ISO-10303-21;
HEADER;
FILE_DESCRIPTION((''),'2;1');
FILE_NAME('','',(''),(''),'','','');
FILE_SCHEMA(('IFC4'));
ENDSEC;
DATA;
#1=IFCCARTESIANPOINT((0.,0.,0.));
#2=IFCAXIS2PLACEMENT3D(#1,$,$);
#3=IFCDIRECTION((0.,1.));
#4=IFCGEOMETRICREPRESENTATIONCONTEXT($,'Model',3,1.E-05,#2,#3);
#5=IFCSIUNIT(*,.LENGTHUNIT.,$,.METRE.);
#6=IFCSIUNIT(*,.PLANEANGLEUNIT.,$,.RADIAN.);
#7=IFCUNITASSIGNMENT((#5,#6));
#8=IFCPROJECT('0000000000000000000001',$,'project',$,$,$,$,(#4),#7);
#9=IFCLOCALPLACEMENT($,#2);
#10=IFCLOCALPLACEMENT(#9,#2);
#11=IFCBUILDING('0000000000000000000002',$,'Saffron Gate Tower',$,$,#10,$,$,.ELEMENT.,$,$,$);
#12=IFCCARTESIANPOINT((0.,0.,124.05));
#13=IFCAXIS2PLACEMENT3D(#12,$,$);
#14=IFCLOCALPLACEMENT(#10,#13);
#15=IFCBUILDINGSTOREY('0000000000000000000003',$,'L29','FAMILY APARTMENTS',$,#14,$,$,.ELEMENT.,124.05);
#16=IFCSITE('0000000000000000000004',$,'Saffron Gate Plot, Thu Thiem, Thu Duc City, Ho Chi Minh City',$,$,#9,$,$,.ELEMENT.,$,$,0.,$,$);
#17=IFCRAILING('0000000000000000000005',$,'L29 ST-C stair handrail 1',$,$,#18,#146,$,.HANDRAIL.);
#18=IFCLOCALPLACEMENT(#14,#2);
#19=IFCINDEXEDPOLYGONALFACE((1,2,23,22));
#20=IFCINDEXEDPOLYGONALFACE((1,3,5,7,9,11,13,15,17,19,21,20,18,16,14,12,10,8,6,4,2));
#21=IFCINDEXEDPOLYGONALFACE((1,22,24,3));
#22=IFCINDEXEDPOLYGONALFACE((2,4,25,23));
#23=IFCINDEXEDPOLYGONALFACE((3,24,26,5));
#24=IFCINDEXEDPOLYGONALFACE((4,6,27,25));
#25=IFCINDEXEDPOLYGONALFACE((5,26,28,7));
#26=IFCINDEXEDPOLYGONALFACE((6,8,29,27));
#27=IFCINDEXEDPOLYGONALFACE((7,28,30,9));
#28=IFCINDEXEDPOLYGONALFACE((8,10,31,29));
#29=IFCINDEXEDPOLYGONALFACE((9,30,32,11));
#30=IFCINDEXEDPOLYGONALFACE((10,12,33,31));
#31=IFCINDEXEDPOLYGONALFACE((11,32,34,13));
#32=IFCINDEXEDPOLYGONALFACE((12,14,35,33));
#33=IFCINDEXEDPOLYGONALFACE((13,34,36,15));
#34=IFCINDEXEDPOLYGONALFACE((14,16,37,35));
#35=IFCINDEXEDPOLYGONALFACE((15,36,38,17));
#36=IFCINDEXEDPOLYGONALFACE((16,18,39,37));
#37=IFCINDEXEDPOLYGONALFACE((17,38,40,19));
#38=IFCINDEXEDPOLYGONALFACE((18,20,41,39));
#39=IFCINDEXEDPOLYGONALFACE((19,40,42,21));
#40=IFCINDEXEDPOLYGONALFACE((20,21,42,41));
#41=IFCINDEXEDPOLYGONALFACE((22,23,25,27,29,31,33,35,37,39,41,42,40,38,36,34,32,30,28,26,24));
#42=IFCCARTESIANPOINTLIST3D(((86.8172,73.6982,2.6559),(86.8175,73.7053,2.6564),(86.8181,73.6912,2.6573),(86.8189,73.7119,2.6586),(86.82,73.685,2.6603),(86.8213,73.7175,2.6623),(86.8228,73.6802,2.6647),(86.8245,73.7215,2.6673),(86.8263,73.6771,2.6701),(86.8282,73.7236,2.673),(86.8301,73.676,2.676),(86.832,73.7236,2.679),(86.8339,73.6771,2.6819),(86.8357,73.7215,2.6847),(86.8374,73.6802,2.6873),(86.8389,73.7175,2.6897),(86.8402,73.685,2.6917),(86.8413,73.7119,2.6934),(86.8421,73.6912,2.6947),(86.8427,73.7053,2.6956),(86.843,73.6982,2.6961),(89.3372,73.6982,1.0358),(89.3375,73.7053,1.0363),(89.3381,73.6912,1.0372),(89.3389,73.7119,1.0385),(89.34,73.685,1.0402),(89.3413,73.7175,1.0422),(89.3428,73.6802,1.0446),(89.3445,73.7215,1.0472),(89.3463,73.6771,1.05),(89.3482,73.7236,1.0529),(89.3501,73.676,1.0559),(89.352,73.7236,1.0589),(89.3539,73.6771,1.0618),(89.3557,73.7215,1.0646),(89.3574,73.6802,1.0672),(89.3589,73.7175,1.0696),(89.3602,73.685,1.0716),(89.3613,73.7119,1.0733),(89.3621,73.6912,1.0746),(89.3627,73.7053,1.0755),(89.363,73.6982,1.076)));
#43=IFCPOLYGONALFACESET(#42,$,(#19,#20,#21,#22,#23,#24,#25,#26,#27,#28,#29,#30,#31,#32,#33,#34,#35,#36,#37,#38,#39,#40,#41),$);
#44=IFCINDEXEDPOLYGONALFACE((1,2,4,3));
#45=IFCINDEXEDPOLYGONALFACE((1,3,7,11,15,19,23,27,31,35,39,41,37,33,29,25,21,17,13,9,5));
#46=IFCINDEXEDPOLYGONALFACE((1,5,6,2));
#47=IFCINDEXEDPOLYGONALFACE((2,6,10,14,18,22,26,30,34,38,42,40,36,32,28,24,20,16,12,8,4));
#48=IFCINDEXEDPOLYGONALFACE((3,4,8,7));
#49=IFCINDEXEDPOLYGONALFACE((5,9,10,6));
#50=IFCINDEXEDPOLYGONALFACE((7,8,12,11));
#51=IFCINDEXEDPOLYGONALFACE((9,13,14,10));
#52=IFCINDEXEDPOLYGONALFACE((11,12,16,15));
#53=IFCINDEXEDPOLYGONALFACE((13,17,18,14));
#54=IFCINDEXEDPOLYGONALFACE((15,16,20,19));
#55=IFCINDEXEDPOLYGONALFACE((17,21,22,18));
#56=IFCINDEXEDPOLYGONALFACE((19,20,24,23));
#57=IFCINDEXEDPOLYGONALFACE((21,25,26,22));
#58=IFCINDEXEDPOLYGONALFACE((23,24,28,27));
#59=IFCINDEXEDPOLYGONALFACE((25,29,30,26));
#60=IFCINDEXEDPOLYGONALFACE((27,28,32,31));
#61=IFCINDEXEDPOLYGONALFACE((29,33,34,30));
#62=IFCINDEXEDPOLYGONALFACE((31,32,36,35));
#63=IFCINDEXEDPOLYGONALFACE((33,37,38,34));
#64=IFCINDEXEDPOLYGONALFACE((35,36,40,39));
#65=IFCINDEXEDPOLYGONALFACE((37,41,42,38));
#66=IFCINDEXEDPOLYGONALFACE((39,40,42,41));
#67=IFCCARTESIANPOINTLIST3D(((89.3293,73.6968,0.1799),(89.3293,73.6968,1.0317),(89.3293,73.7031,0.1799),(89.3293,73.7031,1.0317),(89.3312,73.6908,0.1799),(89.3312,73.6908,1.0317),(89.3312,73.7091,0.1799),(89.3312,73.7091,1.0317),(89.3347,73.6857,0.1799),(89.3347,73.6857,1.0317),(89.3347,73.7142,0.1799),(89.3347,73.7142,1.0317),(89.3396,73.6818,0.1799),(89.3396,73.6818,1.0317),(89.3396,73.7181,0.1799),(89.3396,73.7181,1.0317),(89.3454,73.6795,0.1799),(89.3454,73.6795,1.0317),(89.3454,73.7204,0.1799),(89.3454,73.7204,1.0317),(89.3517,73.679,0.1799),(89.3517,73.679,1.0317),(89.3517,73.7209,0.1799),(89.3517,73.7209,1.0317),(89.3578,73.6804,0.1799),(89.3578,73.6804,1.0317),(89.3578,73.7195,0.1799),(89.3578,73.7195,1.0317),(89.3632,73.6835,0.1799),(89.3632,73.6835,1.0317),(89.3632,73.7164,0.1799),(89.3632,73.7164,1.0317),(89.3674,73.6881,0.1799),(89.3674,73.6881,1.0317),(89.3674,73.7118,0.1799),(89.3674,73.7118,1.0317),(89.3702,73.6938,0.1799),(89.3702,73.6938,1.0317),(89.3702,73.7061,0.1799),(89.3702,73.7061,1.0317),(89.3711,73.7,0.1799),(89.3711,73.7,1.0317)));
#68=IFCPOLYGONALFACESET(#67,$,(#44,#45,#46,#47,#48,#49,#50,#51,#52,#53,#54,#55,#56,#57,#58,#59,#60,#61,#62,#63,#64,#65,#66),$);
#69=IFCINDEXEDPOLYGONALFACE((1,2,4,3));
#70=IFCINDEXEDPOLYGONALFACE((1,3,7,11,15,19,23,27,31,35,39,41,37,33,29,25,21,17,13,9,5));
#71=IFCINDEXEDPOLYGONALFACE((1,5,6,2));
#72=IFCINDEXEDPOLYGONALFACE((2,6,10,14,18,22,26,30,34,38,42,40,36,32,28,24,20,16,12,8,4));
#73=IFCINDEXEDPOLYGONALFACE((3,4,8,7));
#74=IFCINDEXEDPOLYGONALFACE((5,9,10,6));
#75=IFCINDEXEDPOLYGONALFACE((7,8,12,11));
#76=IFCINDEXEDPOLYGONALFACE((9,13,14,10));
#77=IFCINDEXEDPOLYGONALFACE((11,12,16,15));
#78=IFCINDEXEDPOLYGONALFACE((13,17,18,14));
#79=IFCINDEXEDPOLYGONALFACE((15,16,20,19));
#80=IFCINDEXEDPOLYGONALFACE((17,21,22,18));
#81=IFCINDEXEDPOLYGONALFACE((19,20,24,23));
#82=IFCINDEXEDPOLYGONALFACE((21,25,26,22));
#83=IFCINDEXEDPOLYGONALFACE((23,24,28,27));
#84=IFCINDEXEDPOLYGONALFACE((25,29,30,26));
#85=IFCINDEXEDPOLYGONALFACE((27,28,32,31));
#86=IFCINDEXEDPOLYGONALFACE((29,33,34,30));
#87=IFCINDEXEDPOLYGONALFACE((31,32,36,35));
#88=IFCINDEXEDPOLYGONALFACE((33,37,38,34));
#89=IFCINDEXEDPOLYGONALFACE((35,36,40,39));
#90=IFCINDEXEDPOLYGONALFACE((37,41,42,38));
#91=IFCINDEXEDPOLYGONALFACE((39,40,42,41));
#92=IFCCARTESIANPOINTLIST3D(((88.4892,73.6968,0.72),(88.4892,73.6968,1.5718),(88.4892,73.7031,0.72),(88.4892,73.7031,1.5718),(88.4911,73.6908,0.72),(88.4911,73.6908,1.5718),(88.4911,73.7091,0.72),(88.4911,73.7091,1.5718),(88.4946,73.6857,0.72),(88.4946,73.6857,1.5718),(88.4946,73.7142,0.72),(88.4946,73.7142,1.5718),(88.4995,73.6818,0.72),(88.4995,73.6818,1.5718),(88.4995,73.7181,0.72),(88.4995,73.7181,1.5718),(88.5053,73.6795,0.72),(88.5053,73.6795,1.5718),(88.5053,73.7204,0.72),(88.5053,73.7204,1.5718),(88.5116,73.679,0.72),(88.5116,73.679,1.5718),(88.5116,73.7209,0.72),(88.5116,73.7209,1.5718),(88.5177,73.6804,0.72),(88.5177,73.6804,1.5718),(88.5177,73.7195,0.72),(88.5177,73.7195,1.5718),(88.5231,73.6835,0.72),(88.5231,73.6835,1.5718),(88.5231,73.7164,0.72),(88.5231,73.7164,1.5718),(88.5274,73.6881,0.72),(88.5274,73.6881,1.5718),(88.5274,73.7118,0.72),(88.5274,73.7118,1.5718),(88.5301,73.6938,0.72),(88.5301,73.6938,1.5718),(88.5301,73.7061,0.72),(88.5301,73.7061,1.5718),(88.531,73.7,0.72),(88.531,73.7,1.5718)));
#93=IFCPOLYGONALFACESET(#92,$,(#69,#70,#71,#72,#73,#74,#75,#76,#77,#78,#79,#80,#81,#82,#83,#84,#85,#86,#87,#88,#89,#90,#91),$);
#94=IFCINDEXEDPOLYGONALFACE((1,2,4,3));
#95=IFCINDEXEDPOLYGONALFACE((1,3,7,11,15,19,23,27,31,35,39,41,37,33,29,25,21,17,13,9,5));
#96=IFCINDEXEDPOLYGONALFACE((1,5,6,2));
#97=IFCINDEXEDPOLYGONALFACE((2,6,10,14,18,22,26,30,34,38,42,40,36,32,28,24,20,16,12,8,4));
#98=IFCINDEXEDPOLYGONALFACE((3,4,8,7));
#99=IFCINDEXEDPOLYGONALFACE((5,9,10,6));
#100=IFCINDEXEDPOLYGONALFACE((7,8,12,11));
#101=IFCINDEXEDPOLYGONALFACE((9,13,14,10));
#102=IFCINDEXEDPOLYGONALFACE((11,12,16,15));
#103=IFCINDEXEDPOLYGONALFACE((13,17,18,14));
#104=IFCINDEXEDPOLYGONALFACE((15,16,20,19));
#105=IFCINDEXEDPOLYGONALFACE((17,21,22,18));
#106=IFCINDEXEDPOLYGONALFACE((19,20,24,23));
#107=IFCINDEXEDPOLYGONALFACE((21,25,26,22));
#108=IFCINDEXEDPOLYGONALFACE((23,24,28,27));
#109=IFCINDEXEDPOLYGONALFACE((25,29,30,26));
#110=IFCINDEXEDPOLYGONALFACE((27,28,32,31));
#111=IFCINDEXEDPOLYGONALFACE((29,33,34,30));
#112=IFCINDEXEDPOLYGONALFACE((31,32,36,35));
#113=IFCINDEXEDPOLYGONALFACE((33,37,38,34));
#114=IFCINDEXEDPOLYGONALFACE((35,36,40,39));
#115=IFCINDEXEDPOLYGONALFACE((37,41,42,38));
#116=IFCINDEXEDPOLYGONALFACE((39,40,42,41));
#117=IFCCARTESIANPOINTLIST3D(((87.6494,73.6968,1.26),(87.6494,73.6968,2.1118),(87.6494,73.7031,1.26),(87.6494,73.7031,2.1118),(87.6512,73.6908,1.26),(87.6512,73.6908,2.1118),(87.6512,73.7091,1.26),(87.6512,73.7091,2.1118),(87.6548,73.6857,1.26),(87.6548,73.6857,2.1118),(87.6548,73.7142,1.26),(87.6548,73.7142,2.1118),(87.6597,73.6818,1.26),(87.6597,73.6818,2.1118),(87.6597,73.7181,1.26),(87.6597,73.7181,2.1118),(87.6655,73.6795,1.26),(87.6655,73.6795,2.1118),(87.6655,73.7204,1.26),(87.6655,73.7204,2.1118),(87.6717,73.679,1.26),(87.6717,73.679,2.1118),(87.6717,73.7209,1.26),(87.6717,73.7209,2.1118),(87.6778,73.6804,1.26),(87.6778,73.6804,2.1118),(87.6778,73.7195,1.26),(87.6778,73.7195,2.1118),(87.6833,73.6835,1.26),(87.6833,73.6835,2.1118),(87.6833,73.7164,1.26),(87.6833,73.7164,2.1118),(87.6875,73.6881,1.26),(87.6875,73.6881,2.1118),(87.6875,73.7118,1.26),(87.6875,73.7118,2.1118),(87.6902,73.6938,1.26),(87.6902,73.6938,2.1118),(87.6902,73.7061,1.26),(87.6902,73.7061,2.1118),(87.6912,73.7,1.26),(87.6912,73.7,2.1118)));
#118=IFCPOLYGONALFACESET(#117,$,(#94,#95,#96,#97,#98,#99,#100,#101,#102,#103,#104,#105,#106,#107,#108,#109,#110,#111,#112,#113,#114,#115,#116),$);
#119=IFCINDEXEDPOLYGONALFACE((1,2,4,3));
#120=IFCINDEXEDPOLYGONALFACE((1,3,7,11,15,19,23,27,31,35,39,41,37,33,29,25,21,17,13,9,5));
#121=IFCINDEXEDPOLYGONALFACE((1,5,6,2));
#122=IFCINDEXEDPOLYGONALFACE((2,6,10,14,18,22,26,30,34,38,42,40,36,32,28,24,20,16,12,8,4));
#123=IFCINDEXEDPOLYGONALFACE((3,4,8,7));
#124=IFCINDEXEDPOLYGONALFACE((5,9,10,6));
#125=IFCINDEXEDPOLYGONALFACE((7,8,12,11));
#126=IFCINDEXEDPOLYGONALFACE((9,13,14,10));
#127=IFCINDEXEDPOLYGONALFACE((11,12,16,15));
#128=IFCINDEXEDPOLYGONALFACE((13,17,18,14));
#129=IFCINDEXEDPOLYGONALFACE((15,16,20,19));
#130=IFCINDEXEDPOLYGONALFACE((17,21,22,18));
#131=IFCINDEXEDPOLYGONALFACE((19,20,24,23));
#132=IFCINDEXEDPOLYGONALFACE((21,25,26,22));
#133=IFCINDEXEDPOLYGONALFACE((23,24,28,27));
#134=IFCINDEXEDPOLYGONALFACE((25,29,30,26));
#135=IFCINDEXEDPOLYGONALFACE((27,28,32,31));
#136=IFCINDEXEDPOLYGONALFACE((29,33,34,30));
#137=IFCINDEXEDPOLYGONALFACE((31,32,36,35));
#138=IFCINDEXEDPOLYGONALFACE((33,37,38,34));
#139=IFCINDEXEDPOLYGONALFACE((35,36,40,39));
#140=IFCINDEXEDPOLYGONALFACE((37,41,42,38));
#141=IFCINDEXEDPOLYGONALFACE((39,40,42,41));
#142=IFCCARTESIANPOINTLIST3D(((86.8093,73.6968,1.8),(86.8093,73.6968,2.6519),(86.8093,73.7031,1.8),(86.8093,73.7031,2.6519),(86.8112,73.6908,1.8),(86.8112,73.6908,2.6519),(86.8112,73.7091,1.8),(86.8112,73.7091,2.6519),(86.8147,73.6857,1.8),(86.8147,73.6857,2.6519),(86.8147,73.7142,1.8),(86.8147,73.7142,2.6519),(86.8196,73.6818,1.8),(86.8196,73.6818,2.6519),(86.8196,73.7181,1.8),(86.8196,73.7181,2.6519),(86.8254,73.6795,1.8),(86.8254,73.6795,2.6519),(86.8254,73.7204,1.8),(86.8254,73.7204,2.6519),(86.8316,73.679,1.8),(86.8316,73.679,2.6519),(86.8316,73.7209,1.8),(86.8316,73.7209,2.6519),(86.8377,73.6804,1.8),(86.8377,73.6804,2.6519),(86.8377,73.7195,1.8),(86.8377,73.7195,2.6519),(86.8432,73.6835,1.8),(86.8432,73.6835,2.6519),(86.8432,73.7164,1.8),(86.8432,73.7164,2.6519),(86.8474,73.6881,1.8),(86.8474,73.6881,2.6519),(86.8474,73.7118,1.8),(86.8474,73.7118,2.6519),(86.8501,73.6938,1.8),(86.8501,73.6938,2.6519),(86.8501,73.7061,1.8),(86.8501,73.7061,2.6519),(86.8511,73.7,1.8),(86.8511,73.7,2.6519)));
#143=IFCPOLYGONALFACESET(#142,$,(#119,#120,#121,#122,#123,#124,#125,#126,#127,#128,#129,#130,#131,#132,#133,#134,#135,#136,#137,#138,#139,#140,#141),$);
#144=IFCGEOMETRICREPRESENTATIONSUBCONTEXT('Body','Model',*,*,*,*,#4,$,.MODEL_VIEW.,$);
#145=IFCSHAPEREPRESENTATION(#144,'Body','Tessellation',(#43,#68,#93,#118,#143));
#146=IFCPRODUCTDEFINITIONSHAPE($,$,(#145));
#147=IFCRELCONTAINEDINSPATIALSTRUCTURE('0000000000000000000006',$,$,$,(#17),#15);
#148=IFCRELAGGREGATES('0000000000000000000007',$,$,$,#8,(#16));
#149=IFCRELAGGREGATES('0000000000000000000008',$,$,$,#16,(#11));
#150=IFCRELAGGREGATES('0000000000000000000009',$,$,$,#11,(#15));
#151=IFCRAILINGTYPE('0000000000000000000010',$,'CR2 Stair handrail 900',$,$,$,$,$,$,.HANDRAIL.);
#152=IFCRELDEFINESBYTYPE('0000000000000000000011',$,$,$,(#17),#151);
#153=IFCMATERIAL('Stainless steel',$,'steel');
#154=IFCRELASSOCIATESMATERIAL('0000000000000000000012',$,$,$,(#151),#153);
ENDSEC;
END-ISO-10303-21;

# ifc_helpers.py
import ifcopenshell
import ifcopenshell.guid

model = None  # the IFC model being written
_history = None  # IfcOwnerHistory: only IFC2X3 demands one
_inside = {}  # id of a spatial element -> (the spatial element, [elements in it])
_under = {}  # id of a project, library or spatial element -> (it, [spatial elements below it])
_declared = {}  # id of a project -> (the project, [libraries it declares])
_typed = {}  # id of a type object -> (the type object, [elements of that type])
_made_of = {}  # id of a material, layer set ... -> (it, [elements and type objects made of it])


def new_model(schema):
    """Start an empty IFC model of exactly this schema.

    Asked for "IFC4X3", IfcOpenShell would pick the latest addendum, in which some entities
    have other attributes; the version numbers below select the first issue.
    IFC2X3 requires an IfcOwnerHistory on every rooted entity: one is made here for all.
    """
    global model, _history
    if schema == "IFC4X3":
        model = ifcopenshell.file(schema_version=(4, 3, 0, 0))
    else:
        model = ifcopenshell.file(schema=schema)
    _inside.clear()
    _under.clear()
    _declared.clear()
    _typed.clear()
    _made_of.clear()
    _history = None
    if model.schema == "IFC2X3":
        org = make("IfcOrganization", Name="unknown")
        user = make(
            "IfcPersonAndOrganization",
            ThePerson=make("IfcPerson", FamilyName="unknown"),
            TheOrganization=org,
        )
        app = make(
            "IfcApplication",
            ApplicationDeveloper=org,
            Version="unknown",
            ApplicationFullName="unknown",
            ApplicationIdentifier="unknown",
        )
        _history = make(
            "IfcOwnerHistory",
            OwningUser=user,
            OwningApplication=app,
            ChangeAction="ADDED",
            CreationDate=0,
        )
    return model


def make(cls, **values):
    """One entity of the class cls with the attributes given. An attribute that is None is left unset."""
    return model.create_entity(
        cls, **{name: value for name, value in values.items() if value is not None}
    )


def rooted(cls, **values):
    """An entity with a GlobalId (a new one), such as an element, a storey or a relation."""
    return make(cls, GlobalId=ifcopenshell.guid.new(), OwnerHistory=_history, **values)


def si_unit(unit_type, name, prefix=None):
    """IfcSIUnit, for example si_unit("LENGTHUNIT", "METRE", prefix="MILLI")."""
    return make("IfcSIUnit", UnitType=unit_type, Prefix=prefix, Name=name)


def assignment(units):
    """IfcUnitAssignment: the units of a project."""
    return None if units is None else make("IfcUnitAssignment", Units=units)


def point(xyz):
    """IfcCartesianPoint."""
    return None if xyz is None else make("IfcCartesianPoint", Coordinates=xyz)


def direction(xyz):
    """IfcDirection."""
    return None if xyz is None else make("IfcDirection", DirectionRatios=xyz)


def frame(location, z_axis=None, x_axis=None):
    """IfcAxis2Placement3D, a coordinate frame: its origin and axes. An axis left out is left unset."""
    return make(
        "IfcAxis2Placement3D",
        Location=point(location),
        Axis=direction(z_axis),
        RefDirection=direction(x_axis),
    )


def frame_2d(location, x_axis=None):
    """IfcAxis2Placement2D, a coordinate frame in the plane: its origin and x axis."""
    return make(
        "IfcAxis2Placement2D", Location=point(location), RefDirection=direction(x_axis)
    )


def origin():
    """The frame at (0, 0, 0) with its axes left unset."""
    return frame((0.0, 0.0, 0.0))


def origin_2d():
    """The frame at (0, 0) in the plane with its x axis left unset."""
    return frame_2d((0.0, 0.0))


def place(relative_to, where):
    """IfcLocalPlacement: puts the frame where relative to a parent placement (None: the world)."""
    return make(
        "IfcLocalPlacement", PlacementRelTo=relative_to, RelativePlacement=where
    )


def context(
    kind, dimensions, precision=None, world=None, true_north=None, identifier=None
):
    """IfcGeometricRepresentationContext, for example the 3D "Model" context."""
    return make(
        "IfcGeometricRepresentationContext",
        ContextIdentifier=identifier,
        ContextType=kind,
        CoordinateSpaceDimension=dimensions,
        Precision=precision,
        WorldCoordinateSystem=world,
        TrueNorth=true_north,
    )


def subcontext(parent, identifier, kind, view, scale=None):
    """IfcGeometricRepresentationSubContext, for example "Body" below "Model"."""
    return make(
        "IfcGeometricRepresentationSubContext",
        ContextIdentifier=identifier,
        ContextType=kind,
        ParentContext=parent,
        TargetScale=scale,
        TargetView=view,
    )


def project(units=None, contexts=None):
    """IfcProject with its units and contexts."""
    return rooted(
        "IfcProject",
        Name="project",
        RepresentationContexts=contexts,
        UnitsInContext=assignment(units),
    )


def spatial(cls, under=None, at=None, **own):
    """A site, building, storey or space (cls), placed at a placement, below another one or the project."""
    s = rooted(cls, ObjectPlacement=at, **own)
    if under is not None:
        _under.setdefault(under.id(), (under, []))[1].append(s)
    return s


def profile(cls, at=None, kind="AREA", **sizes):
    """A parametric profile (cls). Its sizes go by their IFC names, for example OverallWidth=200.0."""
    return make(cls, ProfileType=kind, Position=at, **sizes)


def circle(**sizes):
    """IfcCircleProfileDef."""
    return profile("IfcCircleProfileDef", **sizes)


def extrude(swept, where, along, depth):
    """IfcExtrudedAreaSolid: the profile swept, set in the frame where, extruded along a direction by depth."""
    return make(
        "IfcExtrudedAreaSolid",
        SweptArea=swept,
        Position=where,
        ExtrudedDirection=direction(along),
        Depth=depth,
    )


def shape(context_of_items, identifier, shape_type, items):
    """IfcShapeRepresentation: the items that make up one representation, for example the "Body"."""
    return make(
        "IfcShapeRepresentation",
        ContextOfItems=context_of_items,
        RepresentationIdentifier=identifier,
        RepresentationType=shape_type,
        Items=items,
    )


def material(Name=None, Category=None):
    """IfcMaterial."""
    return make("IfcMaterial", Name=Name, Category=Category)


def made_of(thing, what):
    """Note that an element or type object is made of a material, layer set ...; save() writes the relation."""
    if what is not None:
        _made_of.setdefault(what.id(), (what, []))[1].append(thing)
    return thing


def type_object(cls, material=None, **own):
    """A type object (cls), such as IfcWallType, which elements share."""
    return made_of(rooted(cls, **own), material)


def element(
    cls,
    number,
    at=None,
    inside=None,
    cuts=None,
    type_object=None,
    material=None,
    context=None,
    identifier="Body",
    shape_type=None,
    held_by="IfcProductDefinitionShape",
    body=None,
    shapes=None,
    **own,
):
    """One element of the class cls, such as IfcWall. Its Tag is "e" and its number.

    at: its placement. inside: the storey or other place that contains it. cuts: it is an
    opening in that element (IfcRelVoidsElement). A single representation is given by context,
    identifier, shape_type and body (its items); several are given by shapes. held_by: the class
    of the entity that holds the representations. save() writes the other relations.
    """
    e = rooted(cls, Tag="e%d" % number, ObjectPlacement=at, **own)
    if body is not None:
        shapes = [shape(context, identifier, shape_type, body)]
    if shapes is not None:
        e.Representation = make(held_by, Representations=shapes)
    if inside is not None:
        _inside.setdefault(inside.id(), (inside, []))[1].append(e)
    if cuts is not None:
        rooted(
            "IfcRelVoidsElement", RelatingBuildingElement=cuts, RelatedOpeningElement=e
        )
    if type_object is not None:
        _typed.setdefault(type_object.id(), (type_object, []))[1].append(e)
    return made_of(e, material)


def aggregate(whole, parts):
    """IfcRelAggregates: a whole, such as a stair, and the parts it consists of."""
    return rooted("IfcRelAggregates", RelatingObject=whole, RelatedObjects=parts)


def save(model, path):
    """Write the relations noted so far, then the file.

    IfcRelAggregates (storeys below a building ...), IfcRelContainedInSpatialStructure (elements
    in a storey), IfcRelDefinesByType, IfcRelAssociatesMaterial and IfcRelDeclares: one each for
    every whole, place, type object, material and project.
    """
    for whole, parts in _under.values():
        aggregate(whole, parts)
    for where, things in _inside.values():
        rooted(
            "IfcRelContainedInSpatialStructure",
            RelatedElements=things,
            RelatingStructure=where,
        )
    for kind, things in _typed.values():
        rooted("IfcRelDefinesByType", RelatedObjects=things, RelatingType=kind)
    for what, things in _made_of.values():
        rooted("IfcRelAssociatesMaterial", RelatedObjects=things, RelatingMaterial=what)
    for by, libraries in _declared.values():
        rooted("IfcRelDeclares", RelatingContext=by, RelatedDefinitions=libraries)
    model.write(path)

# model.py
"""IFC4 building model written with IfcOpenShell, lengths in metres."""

from ifc_helpers import new_model, si_unit, direction, frame, origin, origin_2d, place, context, subcontext, project, spatial, circle, extrude, material, type_object, element, save


model = new_model("IFC4")

# Units and contexts
model_context = context("Model", 3, precision=1e-05, world=origin(), true_north=direction((0.0, 1.0)))
body_context = subcontext(model_context, "Body", "Model", "MODEL_VIEW")
ifc_project = project(units=[si_unit("LENGTHUNIT", "METRE"), si_unit("PLANEANGLEUNIT", "RADIAN")], contexts=[model_context])

# Site, building, storey
site_placement = place(None, origin())
site = spatial("IfcSite", under=ifc_project, at=site_placement, Name="Saffron Gate Plot, Thu Thiem, Thu Duc City, Ho Chi Minh City", CompositionType="ELEMENT", RefElevation=0.0)
building_placement = place(site_placement, origin())
building = spatial("IfcBuilding", under=site, at=building_placement, Name="Saffron Gate Tower", CompositionType="ELEMENT")
storey_placement = place(building_placement, frame((0.0, 0.0, 124.05)))
storey = spatial("IfcBuildingStorey", under=building, at=storey_placement, Name="L29", Description="FAMILY APARTMENTS", CompositionType="ELEMENT", Elevation=124.05)

# Railing
ifc_material_1 = material(Name="Stainless steel", Category="steel")
railing_type_1 = type_object("IfcRailingType", Name="CR2 Stair handrail 900", PredefinedType="HANDRAIL", material=ifc_material_1)
railing_1_placement = place(storey_placement, frame((89.3501, 73.7, 0.1799)))
element("IfcRailing", 1, at=railing_1_placement, inside=storey, type_object=railing_type_1, Name="L29 ST-C stair handrail 1", PredefinedType="HANDRAIL", context=body_context, shape_type="SweptSolid", body=[
    extrude(circle(Radius=0.0239, at=origin_2d()), frame((0.0, 0.0, 0.876), z_axis=(-0.841163, 0.0, 0.540782), x_axis=(0.0, -1.0, 0.0)), (0.0, 0.0, 1.0), 2.9958),
    extrude(circle(Radius=0.021, at=origin_2d()), origin(), (0.0, 0.0, 1.0), 0.8518),
    extrude(circle(Radius=0.021, at=origin_2d()), frame((-0.8401, 0.0, 0.54)), (0.0, 0.0, 1.0), 0.8518),
    extrude(circle(Radius=0.021, at=origin_2d()), frame((-1.6799, 0.0, 1.0801)), (0.0, 0.0, 1.0), 0.8518),
    extrude(circle(Radius=0.021, at=origin_2d()), frame((-2.52, 0.0, 1.6201)), (0.0, 0.0, 1.0), 0.8518),
])

save(model, "model.ifc")
